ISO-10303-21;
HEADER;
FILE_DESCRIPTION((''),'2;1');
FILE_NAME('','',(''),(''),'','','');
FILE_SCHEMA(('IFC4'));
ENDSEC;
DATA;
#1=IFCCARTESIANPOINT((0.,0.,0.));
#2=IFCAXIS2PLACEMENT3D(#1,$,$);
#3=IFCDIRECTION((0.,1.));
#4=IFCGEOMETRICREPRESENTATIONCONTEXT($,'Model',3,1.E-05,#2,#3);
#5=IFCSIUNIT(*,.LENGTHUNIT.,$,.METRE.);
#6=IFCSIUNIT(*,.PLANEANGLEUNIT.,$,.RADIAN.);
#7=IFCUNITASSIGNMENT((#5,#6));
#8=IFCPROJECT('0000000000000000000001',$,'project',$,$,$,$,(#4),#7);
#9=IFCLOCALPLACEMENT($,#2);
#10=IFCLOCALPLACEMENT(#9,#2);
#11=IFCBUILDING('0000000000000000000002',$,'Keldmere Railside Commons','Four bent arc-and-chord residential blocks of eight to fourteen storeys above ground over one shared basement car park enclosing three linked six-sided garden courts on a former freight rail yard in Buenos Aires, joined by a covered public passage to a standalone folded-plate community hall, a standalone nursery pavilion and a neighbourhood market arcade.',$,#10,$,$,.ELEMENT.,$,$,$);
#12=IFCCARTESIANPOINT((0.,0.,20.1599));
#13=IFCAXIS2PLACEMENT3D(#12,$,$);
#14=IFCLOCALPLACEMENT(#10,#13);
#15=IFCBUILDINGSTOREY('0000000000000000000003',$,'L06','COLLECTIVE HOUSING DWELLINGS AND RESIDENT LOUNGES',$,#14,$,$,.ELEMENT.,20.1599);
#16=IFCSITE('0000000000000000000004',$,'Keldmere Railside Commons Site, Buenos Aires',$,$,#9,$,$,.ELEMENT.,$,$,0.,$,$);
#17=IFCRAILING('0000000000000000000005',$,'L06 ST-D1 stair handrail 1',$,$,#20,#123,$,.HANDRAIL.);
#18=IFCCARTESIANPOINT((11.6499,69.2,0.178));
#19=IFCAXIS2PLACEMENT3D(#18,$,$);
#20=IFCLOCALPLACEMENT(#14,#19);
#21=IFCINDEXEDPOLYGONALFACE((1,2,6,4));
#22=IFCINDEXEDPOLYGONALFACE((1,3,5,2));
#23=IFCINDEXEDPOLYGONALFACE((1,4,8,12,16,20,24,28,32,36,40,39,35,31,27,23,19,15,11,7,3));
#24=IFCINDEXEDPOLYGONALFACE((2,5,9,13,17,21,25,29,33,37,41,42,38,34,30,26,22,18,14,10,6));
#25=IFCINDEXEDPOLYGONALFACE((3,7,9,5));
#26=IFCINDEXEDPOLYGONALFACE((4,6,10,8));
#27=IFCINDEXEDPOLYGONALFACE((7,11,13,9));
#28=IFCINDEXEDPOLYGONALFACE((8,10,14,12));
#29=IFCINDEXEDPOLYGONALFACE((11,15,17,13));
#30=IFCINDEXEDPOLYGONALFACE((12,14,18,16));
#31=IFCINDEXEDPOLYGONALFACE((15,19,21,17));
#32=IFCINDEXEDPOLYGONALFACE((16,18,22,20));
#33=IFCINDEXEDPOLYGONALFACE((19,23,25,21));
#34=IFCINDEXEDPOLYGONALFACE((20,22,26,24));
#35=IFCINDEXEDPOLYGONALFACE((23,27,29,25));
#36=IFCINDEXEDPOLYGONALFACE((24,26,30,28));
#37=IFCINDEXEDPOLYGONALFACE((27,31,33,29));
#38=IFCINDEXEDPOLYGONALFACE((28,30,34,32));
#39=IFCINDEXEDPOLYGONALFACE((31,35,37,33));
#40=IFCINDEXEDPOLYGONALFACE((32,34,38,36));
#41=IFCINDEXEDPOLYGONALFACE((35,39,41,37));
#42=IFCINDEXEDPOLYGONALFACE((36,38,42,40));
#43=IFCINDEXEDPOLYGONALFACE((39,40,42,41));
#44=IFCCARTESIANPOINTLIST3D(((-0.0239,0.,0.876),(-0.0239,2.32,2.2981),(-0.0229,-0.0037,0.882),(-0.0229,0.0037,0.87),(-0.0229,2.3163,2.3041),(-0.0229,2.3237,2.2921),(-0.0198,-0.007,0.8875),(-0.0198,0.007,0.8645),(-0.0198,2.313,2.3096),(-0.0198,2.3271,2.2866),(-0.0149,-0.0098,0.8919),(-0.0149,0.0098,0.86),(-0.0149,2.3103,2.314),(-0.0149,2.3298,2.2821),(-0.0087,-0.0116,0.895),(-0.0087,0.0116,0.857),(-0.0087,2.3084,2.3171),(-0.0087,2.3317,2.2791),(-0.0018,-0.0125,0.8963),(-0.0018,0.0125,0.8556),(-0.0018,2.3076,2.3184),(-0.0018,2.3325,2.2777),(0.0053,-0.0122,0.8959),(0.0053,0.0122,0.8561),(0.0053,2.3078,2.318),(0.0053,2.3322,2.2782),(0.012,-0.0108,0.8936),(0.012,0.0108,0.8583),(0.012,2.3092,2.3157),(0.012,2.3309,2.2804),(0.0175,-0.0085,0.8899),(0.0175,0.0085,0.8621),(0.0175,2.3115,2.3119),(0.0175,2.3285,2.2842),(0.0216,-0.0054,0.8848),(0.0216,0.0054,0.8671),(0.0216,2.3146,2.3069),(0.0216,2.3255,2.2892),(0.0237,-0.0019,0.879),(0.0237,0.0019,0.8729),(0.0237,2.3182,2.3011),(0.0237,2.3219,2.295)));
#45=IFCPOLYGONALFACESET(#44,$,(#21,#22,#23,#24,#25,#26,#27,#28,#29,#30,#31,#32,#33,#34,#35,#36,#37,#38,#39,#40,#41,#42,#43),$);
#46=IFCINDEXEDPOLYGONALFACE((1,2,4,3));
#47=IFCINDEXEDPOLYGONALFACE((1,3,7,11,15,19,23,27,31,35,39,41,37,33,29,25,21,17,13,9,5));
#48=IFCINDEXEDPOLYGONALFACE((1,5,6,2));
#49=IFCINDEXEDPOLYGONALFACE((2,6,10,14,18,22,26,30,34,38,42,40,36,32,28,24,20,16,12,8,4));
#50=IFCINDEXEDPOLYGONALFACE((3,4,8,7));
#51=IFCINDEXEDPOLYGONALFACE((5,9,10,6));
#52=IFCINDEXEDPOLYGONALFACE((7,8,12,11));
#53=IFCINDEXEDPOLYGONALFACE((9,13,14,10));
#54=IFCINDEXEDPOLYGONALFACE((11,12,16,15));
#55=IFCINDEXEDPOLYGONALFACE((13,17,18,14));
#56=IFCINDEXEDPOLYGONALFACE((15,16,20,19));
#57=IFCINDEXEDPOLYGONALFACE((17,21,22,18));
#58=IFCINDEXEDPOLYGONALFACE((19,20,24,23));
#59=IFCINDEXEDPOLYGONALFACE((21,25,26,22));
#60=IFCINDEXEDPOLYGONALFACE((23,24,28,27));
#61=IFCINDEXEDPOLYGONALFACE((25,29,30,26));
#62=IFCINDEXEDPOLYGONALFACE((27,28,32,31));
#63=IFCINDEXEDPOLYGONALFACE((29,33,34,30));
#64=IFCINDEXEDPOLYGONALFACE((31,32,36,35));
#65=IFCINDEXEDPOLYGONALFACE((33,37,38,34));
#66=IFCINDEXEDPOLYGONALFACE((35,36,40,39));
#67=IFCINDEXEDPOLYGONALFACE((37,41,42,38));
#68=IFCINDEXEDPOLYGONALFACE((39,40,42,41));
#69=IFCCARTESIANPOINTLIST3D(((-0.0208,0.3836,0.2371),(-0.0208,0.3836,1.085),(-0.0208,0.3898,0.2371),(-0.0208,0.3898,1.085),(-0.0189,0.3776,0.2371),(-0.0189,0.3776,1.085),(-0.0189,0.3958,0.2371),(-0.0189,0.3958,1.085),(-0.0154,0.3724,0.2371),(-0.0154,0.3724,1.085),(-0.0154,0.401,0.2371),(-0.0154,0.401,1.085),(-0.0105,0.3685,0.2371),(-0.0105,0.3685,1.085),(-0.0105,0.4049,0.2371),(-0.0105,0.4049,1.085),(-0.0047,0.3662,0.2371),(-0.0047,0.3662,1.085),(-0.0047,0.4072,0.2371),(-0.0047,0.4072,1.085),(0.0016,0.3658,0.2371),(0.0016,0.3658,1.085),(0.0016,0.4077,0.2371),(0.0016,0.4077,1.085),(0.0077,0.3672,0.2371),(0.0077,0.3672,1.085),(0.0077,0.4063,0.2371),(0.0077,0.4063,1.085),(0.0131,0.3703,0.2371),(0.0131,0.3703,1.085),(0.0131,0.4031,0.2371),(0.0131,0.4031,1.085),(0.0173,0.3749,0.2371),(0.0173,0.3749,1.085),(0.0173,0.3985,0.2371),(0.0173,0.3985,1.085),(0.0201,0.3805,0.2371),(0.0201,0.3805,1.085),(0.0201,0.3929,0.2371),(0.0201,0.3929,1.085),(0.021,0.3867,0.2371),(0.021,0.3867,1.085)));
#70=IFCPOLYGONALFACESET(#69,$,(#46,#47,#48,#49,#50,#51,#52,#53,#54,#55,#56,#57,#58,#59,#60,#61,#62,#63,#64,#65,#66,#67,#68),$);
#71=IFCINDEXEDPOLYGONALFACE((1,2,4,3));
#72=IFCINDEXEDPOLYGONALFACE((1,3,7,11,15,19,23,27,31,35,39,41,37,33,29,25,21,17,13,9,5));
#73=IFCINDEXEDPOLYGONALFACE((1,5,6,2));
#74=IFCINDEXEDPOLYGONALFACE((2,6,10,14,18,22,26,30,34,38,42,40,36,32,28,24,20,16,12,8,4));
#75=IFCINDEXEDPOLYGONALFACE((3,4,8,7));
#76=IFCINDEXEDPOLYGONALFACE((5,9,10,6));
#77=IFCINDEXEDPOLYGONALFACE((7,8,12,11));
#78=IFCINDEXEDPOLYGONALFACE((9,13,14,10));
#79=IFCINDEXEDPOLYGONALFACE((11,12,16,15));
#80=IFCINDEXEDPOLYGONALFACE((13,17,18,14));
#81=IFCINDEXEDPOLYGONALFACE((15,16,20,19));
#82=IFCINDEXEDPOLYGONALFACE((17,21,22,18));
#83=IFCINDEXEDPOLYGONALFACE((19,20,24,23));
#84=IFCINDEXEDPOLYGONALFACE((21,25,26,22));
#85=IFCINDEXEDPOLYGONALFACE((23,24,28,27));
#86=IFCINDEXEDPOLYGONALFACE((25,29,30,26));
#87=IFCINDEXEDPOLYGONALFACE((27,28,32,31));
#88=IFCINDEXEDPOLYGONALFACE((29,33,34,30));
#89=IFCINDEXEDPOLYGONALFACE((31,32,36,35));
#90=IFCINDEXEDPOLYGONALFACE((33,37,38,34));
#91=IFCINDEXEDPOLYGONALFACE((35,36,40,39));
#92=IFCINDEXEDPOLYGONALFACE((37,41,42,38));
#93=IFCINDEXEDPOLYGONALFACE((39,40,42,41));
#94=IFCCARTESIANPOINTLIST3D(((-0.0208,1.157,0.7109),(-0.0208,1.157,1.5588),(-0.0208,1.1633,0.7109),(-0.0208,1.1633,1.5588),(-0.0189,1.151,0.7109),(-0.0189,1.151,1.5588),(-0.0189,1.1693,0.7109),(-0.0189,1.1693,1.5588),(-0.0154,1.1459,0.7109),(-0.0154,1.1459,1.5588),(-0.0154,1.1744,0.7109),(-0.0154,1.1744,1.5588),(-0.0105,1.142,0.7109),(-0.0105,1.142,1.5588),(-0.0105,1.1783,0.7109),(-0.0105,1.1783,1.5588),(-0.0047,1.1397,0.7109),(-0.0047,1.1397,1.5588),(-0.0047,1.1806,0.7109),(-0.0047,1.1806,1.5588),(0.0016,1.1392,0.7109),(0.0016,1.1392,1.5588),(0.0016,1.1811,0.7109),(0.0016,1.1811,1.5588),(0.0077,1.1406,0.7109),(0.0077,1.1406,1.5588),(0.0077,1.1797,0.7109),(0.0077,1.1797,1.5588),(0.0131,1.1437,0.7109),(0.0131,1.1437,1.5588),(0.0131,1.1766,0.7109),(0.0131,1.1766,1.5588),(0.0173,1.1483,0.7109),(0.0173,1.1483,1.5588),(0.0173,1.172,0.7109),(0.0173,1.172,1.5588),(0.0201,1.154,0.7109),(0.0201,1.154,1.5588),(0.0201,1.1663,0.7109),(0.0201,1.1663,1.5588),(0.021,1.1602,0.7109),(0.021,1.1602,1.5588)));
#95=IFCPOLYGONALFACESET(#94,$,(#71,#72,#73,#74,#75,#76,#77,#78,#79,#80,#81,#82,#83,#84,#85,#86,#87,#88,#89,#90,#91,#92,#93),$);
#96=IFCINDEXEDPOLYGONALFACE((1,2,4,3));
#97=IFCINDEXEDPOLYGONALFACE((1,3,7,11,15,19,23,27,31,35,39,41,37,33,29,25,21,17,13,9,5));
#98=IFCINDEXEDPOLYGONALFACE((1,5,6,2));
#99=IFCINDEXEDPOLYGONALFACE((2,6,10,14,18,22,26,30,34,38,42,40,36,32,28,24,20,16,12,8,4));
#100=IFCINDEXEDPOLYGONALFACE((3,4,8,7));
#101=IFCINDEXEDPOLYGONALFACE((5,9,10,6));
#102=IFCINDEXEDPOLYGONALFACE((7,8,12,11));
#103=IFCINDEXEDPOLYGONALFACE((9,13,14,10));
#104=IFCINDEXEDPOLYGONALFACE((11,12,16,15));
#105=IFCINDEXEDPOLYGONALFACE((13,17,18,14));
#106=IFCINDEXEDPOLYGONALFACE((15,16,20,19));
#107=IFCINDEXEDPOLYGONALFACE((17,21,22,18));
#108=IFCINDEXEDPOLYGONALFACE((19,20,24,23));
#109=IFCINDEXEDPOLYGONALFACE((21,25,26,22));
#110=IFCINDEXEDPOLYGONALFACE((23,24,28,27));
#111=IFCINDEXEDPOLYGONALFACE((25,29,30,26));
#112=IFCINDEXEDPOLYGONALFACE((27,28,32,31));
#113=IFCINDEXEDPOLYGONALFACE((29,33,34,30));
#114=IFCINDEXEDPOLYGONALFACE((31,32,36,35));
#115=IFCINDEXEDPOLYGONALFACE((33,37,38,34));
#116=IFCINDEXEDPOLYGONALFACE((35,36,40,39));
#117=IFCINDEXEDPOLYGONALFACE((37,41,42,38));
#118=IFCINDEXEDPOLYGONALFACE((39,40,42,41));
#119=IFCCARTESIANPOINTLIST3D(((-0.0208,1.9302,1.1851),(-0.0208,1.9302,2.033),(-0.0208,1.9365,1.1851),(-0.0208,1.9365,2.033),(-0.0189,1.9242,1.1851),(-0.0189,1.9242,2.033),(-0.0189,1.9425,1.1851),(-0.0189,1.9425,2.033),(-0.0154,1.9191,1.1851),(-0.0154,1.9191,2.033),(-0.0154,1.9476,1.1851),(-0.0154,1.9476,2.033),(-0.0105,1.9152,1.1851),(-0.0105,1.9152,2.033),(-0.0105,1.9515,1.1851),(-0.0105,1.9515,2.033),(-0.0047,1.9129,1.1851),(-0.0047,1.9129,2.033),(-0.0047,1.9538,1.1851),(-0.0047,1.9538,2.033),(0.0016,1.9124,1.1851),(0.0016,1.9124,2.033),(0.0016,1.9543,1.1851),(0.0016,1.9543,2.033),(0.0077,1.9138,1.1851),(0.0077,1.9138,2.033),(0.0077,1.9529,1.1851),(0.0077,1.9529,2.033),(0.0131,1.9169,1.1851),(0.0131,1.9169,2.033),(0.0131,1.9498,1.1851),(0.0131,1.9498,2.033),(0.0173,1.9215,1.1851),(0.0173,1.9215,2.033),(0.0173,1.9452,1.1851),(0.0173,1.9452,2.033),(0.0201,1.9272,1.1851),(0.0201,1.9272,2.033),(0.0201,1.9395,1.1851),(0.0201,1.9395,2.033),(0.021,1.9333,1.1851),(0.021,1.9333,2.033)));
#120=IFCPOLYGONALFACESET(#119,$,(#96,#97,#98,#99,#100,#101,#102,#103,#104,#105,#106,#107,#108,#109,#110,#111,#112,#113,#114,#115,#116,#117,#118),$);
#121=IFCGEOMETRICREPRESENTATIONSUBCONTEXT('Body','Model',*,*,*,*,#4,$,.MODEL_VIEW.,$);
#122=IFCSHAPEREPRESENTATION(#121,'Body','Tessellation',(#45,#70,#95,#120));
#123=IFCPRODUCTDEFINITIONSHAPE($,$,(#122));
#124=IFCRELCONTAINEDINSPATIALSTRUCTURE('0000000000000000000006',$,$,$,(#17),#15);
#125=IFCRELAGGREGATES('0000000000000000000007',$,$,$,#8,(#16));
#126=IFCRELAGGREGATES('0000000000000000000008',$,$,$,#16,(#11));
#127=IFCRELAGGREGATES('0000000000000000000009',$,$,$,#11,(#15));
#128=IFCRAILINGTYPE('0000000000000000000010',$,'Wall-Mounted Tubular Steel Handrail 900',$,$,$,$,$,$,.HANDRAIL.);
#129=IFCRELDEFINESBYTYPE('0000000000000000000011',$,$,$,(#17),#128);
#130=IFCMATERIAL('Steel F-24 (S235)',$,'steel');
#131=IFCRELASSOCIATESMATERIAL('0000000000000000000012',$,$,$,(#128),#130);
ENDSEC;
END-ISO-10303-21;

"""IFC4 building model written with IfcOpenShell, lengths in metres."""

from ifc_helpers import new_model, si_unit, direction, frame, origin, origin_2d, place, context, subcontext, project, spatial, circle, extrude, material, type_object, element, save


model = new_model("IFC4")

# Units and contexts
model_context = context("Model", 3, precision=1e-05, world=origin(), true_north=direction((0.0, 1.0)))
body_context = subcontext(model_context, "Body", "Model", "MODEL_VIEW")
ifc_project = project(units=[si_unit("LENGTHUNIT", "METRE"), si_unit("PLANEANGLEUNIT", "RADIAN")], contexts=[model_context])

# Site, building, storey
site_placement = place(None, origin())
site = spatial("IfcSite", under=ifc_project, at=site_placement, Name="Keldmere Railside Commons Site, Buenos Aires", CompositionType="ELEMENT", RefElevation=0.0)
building_placement = place(site_placement, origin())
building = spatial("IfcBuilding", under=site, at=building_placement, Name="Keldmere Railside Commons", Description="Four bent arc-and-chord residential blocks of eight to fourteen storeys above ground over one shared basement car park enclosing three linked six-sided garden courts on a former freight rail yard in Buenos Aires, joined by a covered public passage to a standalone folded-plate community hall, a standalone nursery pavilion and a neighbourhood market arcade.", CompositionType="ELEMENT")
storey_placement = place(building_placement, frame((0.0, 0.0, 20.1599)))
storey = spatial("IfcBuildingStorey", under=building, at=storey_placement, Name="L06", Description="COLLECTIVE HOUSING DWELLINGS AND RESIDENT LOUNGES", CompositionType="ELEMENT", Elevation=20.1599)

# Railing
ifc_material_1 = material(Name="Steel F-24 (S235)", Category="steel")
railing_type_1 = type_object("IfcRailingType", Name="Wall-Mounted Tubular Steel Handrail 900", PredefinedType="HANDRAIL", material=ifc_material_1)
railing_1_placement = place(storey_placement, frame((11.6499, 69.2, 0.178)))
element("IfcRailing", 1, at=railing_1_placement, inside=storey, type_object=railing_type_1, Name="L06 ST-D1 stair handrail 1", PredefinedType="HANDRAIL", context=body_context, shape_type="SweptSolid", body=[
    extrude(circle(Radius=0.0239, at=origin_2d()), frame((0.0, 0.0, 0.876), z_axis=(0.0, 0.852578, 0.5226), x_axis=(-1.0, 0.0, 0.0)), (0.0, 0.0, 1.0), 2.7212),
    extrude(circle(Radius=0.021, at=origin_2d()), frame((0.0, 0.3867, 0.2371)), (0.0, 0.0, 1.0), 0.8479),
    extrude(circle(Radius=0.021, at=origin_2d()), frame((0.0, 1.1602, 0.7109)), (0.0, 0.0, 1.0), 0.8479),
    extrude(circle(Radius=0.021, at=origin_2d()), frame((0.0, 1.9333, 1.1851)), (0.0, 0.0, 1.0), 0.8479),
])

save(model, "model.ifc")
